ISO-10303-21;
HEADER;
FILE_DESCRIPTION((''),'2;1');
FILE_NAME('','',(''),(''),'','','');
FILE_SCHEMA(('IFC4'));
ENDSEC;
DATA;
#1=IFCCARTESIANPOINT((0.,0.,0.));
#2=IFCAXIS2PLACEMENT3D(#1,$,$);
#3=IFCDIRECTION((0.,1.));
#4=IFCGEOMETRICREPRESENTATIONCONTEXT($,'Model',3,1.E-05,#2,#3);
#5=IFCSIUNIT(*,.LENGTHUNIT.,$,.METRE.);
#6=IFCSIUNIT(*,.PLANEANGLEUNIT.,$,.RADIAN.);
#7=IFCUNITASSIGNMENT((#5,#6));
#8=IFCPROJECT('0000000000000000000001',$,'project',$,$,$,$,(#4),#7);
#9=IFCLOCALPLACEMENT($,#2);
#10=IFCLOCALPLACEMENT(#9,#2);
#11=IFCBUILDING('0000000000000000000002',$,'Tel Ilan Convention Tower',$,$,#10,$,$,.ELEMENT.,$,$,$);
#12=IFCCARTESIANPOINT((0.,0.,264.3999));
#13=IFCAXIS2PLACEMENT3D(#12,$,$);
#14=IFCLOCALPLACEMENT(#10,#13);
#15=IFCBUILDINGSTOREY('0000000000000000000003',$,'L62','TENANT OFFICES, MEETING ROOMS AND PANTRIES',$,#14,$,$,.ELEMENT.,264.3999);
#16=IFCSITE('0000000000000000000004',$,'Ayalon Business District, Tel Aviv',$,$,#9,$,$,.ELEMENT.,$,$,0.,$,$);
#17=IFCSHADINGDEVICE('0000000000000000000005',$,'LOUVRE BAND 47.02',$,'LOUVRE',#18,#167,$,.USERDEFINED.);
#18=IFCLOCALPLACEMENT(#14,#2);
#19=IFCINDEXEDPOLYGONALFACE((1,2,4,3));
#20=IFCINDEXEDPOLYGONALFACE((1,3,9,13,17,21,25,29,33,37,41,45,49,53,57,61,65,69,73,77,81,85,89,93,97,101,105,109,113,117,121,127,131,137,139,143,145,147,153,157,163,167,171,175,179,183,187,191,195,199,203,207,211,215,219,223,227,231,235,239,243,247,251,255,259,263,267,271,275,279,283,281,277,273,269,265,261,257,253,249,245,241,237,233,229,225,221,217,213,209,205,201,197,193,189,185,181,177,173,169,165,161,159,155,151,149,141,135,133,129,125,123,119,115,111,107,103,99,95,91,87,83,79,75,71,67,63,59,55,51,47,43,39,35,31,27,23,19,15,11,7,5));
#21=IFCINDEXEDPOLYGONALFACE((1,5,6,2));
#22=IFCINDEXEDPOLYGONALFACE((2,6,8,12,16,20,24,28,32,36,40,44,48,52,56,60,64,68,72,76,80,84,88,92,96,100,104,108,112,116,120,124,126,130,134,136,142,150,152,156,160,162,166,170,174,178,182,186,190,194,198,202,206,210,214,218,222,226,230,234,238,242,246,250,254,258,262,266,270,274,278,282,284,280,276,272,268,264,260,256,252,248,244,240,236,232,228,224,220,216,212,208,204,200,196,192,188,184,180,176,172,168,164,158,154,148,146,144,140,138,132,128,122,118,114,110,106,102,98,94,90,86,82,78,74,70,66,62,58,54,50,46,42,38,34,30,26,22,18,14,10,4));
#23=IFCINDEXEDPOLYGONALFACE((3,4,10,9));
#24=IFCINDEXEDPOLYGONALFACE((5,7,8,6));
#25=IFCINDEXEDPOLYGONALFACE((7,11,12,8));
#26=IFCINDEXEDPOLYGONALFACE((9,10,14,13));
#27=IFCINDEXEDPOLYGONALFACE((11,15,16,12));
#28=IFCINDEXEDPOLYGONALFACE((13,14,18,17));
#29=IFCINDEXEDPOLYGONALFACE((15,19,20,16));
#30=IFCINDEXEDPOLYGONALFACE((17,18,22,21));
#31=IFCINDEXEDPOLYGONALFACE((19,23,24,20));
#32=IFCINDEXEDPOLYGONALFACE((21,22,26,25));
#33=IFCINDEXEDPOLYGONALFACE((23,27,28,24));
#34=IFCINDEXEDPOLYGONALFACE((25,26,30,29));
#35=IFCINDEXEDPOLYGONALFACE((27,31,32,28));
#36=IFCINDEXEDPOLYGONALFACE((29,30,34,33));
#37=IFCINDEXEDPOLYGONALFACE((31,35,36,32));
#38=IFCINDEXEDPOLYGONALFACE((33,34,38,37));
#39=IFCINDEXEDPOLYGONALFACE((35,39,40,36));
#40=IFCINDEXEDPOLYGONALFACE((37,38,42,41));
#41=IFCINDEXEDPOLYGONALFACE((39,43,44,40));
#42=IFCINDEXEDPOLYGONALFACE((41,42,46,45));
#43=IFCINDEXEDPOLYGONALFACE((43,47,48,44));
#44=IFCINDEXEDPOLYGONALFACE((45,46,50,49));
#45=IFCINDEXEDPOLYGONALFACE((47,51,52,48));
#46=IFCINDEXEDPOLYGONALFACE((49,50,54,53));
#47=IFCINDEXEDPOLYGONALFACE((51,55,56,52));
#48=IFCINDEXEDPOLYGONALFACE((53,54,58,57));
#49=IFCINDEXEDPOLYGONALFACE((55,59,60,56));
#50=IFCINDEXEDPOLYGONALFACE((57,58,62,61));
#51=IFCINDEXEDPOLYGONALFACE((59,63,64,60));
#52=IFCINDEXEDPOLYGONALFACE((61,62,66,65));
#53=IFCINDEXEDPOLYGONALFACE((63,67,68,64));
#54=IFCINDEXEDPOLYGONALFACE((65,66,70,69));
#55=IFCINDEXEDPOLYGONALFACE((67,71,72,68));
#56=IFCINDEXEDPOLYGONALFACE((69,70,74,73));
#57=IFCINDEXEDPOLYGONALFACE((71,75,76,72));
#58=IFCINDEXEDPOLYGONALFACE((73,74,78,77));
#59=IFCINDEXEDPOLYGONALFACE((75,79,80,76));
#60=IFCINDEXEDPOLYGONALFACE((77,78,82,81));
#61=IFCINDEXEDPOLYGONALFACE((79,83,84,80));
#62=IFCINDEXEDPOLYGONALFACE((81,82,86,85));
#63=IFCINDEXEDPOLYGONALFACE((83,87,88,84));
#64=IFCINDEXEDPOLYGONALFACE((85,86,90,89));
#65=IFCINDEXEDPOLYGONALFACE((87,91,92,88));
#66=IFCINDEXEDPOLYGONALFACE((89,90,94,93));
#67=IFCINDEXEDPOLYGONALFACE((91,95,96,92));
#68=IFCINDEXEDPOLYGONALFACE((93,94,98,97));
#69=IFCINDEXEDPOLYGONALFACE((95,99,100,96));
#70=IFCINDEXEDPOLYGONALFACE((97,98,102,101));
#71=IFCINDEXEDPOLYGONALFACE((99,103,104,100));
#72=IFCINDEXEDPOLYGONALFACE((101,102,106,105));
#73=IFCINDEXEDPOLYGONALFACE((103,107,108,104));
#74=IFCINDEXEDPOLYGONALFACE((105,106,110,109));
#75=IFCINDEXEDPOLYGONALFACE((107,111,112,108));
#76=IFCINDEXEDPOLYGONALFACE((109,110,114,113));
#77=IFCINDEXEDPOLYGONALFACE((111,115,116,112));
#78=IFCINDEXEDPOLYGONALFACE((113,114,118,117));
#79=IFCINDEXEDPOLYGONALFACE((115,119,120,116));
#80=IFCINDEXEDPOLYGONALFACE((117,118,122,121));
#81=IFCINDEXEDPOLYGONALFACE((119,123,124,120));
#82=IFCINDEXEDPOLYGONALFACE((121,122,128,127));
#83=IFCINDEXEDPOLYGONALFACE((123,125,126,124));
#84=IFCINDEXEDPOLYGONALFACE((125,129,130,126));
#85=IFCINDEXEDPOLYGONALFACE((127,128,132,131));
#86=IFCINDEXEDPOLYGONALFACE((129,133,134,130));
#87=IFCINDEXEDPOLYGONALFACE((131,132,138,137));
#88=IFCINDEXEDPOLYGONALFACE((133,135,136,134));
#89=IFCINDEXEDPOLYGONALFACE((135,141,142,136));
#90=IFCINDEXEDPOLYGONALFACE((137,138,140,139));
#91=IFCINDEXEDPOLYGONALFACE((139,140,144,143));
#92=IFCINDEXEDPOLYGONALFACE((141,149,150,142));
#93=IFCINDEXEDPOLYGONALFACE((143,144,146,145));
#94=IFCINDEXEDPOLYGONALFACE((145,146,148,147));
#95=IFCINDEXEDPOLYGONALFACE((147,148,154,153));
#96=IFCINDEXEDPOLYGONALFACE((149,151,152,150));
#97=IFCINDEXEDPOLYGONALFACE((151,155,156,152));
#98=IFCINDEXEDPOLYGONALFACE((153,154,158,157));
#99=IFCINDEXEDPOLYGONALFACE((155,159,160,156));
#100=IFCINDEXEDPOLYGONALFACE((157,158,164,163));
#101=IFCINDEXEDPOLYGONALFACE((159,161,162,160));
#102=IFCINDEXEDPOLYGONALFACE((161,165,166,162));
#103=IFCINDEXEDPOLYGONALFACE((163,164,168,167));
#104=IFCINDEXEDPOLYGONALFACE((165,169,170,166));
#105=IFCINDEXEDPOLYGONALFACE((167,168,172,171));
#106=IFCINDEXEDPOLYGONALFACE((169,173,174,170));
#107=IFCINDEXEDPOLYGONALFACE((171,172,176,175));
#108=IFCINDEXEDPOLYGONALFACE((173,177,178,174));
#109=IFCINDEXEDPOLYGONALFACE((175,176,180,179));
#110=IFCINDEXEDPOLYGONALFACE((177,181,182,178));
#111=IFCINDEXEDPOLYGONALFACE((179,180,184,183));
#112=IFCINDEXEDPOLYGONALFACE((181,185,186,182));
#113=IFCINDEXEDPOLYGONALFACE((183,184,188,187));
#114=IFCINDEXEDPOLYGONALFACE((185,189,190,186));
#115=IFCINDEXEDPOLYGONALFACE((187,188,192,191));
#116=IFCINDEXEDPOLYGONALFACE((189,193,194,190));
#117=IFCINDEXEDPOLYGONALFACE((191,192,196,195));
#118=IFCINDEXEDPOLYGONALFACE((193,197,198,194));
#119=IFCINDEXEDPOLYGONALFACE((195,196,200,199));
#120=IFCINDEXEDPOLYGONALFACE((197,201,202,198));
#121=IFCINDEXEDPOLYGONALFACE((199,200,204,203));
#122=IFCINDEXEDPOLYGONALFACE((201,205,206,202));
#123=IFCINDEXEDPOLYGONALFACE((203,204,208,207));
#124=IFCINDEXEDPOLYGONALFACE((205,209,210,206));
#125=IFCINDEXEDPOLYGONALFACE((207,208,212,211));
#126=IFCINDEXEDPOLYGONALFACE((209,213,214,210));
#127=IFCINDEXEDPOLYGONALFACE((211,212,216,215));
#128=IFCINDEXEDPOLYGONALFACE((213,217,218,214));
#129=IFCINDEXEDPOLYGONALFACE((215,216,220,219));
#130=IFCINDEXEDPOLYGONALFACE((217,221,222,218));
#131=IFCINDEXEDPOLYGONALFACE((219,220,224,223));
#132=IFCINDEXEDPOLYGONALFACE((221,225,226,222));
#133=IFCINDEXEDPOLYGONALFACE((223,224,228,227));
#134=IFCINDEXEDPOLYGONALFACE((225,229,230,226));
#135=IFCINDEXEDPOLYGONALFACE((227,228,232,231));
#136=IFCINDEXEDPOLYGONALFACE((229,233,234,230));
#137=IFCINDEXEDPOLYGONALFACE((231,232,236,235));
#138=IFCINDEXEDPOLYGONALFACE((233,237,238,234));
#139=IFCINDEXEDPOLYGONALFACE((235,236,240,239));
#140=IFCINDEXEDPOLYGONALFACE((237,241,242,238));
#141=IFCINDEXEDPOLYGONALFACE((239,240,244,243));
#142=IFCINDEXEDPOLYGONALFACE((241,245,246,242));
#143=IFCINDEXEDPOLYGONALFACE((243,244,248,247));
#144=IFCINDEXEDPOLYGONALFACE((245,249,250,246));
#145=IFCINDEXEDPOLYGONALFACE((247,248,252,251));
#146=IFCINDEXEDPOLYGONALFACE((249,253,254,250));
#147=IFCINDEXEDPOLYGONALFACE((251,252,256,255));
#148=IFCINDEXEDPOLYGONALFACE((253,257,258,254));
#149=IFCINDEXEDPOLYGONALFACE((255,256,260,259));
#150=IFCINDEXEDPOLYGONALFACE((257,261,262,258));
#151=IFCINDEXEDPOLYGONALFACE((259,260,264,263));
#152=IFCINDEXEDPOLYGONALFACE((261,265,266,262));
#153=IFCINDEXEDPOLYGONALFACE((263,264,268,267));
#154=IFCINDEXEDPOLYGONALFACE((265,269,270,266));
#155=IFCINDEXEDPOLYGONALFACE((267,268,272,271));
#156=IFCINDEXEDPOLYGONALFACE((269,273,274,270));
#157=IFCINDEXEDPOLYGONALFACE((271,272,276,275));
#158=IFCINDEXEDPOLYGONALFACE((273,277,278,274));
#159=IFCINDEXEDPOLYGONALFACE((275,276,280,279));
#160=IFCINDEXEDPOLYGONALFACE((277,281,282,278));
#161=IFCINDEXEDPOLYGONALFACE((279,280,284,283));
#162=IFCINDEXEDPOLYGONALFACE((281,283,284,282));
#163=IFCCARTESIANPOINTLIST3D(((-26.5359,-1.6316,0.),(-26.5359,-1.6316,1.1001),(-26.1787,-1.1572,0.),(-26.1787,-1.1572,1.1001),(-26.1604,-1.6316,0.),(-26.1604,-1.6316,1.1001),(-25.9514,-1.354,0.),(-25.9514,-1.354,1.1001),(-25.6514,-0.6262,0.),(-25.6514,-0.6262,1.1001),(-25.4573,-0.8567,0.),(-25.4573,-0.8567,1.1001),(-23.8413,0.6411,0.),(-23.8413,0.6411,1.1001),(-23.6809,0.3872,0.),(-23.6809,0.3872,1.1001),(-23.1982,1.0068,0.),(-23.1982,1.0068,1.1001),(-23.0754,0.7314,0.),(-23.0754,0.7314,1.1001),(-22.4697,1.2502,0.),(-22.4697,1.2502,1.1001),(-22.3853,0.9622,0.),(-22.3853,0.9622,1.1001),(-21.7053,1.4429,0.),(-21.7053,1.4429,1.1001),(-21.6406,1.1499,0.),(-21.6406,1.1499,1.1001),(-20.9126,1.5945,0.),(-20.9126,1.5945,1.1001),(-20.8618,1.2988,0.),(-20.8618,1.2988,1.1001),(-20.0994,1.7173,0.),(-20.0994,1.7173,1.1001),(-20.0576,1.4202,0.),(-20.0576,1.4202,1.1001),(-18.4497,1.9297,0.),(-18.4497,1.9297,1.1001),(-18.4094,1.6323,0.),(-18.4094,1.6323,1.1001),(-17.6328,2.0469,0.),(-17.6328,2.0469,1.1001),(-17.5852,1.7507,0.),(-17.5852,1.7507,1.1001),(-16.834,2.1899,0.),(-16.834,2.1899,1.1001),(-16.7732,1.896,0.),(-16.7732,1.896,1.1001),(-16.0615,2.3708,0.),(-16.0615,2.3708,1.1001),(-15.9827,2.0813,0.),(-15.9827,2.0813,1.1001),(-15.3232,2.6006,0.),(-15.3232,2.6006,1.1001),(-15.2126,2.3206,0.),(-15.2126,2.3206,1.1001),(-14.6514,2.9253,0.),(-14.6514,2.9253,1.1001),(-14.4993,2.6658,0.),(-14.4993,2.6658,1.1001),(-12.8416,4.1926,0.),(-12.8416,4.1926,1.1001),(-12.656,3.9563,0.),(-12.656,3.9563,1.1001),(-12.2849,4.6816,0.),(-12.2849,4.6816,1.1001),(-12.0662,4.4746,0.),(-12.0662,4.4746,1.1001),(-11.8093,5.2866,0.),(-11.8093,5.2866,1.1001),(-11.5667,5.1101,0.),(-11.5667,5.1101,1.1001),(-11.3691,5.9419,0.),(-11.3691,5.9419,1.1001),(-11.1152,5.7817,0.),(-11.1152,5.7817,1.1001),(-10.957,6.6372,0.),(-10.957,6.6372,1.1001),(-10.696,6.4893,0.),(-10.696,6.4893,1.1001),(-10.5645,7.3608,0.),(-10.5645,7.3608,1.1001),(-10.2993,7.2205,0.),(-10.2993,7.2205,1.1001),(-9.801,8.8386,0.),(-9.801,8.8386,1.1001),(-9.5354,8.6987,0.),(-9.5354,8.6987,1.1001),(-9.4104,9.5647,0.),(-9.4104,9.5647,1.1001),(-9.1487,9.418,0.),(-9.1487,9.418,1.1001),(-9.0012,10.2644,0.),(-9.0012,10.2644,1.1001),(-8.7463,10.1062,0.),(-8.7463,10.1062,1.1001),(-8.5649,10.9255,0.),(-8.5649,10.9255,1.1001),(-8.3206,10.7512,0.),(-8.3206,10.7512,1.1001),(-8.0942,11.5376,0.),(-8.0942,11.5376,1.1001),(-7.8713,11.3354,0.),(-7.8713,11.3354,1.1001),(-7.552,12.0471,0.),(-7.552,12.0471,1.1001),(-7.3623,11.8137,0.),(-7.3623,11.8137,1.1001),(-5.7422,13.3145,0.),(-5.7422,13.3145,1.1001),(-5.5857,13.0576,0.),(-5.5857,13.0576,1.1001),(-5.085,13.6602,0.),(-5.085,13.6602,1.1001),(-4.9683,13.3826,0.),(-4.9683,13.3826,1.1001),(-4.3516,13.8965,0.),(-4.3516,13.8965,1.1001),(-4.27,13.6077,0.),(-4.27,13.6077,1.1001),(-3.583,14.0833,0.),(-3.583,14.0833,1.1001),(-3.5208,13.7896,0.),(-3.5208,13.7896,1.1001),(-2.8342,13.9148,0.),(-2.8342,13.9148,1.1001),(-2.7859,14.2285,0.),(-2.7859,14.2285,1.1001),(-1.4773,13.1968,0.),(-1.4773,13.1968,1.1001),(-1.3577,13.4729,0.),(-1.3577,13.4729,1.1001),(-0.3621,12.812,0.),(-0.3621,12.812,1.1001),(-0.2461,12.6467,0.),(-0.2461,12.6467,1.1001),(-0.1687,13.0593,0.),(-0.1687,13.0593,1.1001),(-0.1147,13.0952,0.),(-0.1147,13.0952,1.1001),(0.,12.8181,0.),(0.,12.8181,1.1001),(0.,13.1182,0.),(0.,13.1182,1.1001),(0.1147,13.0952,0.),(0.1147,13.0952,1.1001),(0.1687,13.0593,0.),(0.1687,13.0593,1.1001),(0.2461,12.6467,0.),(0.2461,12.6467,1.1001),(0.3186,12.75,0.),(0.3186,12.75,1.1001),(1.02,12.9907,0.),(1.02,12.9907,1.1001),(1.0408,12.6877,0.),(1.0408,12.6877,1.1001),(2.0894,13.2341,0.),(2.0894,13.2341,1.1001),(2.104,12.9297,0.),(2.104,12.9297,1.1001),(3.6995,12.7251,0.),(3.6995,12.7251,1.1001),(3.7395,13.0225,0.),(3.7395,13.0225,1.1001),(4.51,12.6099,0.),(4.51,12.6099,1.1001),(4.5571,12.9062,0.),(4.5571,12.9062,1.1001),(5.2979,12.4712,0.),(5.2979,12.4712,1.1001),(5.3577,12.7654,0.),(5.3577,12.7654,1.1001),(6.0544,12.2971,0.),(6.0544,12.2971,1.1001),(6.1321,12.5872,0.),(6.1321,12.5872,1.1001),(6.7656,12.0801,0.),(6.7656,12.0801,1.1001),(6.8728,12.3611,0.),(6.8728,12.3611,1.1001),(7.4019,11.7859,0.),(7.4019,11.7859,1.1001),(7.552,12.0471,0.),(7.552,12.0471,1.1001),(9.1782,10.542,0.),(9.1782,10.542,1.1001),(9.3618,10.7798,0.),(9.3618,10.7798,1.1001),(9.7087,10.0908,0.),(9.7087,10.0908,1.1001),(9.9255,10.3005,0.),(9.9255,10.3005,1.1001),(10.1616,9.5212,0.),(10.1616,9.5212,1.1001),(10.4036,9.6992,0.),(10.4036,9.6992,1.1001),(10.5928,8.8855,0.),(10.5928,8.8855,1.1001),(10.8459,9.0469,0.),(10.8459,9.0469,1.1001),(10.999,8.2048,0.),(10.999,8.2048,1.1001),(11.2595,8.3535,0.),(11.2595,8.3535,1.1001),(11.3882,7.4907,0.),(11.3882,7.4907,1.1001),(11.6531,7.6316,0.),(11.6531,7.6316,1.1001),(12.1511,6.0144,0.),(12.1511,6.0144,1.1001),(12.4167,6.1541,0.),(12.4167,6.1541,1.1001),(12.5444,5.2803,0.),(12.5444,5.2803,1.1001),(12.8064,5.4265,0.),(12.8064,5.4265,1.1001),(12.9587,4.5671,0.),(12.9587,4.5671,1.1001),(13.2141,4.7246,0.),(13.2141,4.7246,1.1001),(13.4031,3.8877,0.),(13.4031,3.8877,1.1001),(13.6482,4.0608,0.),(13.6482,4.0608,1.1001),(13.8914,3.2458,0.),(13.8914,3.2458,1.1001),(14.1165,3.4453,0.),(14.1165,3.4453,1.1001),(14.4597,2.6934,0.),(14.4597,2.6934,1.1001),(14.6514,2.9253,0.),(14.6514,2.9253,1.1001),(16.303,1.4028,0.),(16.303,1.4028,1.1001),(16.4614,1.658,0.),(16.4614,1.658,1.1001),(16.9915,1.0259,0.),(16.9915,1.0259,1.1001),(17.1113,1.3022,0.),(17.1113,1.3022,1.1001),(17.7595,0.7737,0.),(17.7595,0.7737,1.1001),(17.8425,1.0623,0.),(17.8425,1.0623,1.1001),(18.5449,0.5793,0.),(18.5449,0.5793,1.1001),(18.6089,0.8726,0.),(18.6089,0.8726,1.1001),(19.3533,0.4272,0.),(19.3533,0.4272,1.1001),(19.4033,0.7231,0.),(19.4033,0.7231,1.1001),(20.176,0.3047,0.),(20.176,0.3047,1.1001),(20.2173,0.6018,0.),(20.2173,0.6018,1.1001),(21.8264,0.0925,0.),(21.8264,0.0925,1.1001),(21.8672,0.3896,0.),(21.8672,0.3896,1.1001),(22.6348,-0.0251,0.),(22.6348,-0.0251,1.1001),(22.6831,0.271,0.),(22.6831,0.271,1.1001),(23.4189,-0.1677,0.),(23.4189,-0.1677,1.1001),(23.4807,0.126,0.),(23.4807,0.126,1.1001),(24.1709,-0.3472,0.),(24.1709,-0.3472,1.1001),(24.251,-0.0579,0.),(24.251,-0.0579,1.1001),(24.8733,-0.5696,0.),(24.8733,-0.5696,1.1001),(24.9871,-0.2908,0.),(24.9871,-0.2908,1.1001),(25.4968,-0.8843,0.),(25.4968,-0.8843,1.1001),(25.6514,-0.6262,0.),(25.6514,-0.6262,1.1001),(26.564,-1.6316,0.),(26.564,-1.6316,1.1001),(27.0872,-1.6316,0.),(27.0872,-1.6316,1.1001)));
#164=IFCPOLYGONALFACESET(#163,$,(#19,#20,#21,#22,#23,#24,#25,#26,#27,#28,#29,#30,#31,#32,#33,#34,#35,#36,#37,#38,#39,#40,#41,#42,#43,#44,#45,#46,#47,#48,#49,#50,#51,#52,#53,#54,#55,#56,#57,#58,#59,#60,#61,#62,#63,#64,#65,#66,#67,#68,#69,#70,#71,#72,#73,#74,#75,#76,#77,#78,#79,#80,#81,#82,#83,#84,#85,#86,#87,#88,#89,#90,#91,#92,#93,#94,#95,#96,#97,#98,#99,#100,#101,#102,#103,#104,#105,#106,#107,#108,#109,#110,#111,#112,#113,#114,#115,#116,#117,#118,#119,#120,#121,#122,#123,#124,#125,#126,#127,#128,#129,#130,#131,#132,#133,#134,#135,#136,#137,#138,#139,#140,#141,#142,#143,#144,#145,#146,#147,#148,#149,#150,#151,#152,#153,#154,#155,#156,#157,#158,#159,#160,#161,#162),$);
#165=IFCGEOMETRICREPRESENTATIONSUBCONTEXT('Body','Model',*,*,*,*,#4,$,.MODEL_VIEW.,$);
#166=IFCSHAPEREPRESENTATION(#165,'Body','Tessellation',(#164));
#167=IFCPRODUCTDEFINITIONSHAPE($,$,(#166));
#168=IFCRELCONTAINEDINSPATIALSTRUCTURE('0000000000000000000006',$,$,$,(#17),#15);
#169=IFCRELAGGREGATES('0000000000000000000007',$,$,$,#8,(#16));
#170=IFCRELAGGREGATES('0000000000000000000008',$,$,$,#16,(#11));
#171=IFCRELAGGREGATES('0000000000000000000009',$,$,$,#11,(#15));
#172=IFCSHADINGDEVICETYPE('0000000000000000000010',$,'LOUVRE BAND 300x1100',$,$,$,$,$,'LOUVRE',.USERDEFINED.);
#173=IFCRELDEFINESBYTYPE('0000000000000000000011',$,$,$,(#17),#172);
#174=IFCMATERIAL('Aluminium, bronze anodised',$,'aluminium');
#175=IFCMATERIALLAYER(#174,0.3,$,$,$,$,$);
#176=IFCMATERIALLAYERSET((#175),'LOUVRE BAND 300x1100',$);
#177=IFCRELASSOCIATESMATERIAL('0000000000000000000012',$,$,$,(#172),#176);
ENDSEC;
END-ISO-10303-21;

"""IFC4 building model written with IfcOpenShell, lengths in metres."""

from ifc_helpers import new_model, si_unit, direction, frame, origin, place, context, subcontext, project, spatial, polyline, outline, extrude, material, layer, layer_set, type_object, element, save


model = new_model("IFC4")

# Units and contexts
model_context = context("Model", 3, precision=1e-05, world=origin(), true_north=direction((0.0, 1.0)))
body_context = subcontext(model_context, "Body", "Model", "MODEL_VIEW")
ifc_project = project(units=[si_unit("LENGTHUNIT", "METRE"), si_unit("PLANEANGLEUNIT", "RADIAN")], contexts=[model_context])

# Site, building, storey
site_placement = place(None, origin())
site = spatial("IfcSite", under=ifc_project, at=site_placement, Name="Ayalon Business District, Tel Aviv", CompositionType="ELEMENT", RefElevation=0.0)
building_placement = place(site_placement, origin())
building = spatial("IfcBuilding", under=site, at=building_placement, Name="Tel Ilan Convention Tower", CompositionType="ELEMENT")
storey_placement = place(building_placement, frame((0.0, 0.0, 264.3999)))
storey = spatial("IfcBuildingStorey", under=building, at=storey_placement, Name="L62", Description="TENANT OFFICES, MEETING ROOMS AND PANTRIES", CompositionType="ELEMENT", Elevation=264.3999)

# Shading device
ifc_material_1 = material(Name="Aluminium, bronze anodised", Category="aluminium")
ifc_layer_1 = layer(ifc_material_1, 0.3)
ifc_layer_set_1 = layer_set([ifc_layer_1], Name="LOUVRE BAND 300x1100")
shading_device_type_1 = type_object("IfcShadingDeviceType", Name="LOUVRE BAND 300x1100", ElementType="LOUVRE", PredefinedType="USERDEFINED", material=ifc_layer_set_1)
shading_device_1_placement = place(storey_placement, origin())
element("IfcShadingDevice", 1, at=shading_device_1_placement, inside=storey, type_object=shading_device_type_1, Name="LOUVRE BAND 47.02", ObjectType="LOUVRE", PredefinedType="USERDEFINED", context=body_context, shape_type="SweptSolid", body=[
    extrude(outline(polyline([(-26.1787, -1.1572), (-26.5359, -1.6316), (-26.1604, -1.6316), (-25.9514, -1.354), (-25.4573, -0.8567), (-23.6809, 0.3872), (-23.0754, 0.7314), (-22.3853, 0.9622), (-21.6406, 1.1499), (-20.8618, 1.2988), (-20.0576, 1.4202), (-18.4094, 1.6323), (-17.5852, 1.7507), (-16.7732, 1.896), (-15.9827, 2.0813), (-15.2126, 2.3206), (-14.4993, 2.6658), (-12.656, 3.9563), (-12.0662, 4.4746), (-11.5667, 5.1101), (-11.1152, 5.7817), (-10.696, 6.4893), (-10.2993, 7.2205), (-9.5354, 8.6987), (-9.1487, 9.418), (-8.7463, 10.1062), (-8.3206, 10.7512), (-7.8713, 11.3354), (-7.3623, 11.8137), (-5.5857, 13.0576), (-4.9683, 13.3826), (-4.27, 13.6077), (-3.5208, 13.7896), (-2.8342, 13.9148), (-1.4773, 13.1968), (-0.3621, 12.812), (-0.2461, 12.6467), (0.0, 12.8181), (0.2461, 12.6467), (0.3186, 12.75), (1.0408, 12.6877), (2.104, 12.9297), (3.6995, 12.7251), (4.51, 12.6099), (5.2979, 12.4712), (6.0544, 12.2971), (6.7656, 12.0801), (7.4019, 11.7859), (9.1782, 10.542), (9.7087, 10.0908), (10.1616, 9.5212), (10.5928, 8.8855), (10.999, 8.2048), (11.3882, 7.4907), (12.1511, 6.0144), (12.5444, 5.2803), (12.9587, 4.5671), (13.4031, 3.8877), (13.8914, 3.2458), (14.4597, 2.6934), (16.303, 1.4028), (16.9915, 1.0259), (17.7595, 0.7737), (18.5449, 0.5793), (19.3533, 0.4272), (20.176, 0.3047), (21.8264, 0.0925), (22.6348, -0.0251), (23.4189, -0.1677), (24.1709, -0.3472), (24.8733, -0.5696), (25.4968, -0.8843), (26.564, -1.6316), (27.0872, -1.6316), (25.6514, -0.6262), (24.9871, -0.2908), (24.251, -0.0579), (23.4807, 0.126), (22.6831, 0.271), (21.8672, 0.3896), (20.2173, 0.6018), (19.4033, 0.7231), (18.6089, 0.8726), (17.8425, 1.0623), (17.1113, 1.3022), (16.4614, 1.658), (14.6514, 2.9253), (14.1165, 3.4453), (13.6482, 4.0608), (13.2141, 4.7246), (12.8064, 5.4265), (12.4167, 6.1541), (11.6531, 7.6316), (11.2595, 8.3535), (10.8459, 9.0469), (10.4036, 9.6992), (9.9255, 10.3005), (9.3618, 10.7798), (7.552, 12.0471), (6.8728, 12.3611), (6.1321, 12.5872), (5.3577, 12.7654), (4.5571, 12.9062), (3.7395, 13.0225), (2.0894, 13.2341), (1.02, 12.9907), (0.1687, 13.0593), (0.1147, 13.0952), (0.0, 13.1182), (-0.1147, 13.0952), (-0.1687, 13.0593), (-1.3577, 13.4729), (-2.7859, 14.2285), (-3.583, 14.0833), (-4.3516, 13.8965), (-5.085, 13.6602), (-5.7422, 13.3145), (-7.552, 12.0471), (-8.0942, 11.5376), (-8.5649, 10.9255), (-9.0012, 10.2644), (-9.4104, 9.5647), (-9.801, 8.8386), (-10.5645, 7.3608), (-10.957, 6.6372), (-11.3691, 5.9419), (-11.8093, 5.2866), (-12.2849, 4.6816), (-12.8416, 4.1926), (-14.6514, 2.9253), (-15.3232, 2.6006), (-16.0615, 2.3708), (-16.834, 2.1899), (-17.6328, 2.0469), (-18.4497, 1.9297), (-20.0994, 1.7173), (-20.9126, 1.5945), (-21.7053, 1.4429), (-22.4697, 1.2502), (-23.1982, 1.0068), (-23.8413, 0.6411), (-25.6514, -0.6262), (-26.1787, -1.1572)])), origin(), (0.0, 0.0, 1.0), 1.1001),
])

save(model, "model.ifc")
